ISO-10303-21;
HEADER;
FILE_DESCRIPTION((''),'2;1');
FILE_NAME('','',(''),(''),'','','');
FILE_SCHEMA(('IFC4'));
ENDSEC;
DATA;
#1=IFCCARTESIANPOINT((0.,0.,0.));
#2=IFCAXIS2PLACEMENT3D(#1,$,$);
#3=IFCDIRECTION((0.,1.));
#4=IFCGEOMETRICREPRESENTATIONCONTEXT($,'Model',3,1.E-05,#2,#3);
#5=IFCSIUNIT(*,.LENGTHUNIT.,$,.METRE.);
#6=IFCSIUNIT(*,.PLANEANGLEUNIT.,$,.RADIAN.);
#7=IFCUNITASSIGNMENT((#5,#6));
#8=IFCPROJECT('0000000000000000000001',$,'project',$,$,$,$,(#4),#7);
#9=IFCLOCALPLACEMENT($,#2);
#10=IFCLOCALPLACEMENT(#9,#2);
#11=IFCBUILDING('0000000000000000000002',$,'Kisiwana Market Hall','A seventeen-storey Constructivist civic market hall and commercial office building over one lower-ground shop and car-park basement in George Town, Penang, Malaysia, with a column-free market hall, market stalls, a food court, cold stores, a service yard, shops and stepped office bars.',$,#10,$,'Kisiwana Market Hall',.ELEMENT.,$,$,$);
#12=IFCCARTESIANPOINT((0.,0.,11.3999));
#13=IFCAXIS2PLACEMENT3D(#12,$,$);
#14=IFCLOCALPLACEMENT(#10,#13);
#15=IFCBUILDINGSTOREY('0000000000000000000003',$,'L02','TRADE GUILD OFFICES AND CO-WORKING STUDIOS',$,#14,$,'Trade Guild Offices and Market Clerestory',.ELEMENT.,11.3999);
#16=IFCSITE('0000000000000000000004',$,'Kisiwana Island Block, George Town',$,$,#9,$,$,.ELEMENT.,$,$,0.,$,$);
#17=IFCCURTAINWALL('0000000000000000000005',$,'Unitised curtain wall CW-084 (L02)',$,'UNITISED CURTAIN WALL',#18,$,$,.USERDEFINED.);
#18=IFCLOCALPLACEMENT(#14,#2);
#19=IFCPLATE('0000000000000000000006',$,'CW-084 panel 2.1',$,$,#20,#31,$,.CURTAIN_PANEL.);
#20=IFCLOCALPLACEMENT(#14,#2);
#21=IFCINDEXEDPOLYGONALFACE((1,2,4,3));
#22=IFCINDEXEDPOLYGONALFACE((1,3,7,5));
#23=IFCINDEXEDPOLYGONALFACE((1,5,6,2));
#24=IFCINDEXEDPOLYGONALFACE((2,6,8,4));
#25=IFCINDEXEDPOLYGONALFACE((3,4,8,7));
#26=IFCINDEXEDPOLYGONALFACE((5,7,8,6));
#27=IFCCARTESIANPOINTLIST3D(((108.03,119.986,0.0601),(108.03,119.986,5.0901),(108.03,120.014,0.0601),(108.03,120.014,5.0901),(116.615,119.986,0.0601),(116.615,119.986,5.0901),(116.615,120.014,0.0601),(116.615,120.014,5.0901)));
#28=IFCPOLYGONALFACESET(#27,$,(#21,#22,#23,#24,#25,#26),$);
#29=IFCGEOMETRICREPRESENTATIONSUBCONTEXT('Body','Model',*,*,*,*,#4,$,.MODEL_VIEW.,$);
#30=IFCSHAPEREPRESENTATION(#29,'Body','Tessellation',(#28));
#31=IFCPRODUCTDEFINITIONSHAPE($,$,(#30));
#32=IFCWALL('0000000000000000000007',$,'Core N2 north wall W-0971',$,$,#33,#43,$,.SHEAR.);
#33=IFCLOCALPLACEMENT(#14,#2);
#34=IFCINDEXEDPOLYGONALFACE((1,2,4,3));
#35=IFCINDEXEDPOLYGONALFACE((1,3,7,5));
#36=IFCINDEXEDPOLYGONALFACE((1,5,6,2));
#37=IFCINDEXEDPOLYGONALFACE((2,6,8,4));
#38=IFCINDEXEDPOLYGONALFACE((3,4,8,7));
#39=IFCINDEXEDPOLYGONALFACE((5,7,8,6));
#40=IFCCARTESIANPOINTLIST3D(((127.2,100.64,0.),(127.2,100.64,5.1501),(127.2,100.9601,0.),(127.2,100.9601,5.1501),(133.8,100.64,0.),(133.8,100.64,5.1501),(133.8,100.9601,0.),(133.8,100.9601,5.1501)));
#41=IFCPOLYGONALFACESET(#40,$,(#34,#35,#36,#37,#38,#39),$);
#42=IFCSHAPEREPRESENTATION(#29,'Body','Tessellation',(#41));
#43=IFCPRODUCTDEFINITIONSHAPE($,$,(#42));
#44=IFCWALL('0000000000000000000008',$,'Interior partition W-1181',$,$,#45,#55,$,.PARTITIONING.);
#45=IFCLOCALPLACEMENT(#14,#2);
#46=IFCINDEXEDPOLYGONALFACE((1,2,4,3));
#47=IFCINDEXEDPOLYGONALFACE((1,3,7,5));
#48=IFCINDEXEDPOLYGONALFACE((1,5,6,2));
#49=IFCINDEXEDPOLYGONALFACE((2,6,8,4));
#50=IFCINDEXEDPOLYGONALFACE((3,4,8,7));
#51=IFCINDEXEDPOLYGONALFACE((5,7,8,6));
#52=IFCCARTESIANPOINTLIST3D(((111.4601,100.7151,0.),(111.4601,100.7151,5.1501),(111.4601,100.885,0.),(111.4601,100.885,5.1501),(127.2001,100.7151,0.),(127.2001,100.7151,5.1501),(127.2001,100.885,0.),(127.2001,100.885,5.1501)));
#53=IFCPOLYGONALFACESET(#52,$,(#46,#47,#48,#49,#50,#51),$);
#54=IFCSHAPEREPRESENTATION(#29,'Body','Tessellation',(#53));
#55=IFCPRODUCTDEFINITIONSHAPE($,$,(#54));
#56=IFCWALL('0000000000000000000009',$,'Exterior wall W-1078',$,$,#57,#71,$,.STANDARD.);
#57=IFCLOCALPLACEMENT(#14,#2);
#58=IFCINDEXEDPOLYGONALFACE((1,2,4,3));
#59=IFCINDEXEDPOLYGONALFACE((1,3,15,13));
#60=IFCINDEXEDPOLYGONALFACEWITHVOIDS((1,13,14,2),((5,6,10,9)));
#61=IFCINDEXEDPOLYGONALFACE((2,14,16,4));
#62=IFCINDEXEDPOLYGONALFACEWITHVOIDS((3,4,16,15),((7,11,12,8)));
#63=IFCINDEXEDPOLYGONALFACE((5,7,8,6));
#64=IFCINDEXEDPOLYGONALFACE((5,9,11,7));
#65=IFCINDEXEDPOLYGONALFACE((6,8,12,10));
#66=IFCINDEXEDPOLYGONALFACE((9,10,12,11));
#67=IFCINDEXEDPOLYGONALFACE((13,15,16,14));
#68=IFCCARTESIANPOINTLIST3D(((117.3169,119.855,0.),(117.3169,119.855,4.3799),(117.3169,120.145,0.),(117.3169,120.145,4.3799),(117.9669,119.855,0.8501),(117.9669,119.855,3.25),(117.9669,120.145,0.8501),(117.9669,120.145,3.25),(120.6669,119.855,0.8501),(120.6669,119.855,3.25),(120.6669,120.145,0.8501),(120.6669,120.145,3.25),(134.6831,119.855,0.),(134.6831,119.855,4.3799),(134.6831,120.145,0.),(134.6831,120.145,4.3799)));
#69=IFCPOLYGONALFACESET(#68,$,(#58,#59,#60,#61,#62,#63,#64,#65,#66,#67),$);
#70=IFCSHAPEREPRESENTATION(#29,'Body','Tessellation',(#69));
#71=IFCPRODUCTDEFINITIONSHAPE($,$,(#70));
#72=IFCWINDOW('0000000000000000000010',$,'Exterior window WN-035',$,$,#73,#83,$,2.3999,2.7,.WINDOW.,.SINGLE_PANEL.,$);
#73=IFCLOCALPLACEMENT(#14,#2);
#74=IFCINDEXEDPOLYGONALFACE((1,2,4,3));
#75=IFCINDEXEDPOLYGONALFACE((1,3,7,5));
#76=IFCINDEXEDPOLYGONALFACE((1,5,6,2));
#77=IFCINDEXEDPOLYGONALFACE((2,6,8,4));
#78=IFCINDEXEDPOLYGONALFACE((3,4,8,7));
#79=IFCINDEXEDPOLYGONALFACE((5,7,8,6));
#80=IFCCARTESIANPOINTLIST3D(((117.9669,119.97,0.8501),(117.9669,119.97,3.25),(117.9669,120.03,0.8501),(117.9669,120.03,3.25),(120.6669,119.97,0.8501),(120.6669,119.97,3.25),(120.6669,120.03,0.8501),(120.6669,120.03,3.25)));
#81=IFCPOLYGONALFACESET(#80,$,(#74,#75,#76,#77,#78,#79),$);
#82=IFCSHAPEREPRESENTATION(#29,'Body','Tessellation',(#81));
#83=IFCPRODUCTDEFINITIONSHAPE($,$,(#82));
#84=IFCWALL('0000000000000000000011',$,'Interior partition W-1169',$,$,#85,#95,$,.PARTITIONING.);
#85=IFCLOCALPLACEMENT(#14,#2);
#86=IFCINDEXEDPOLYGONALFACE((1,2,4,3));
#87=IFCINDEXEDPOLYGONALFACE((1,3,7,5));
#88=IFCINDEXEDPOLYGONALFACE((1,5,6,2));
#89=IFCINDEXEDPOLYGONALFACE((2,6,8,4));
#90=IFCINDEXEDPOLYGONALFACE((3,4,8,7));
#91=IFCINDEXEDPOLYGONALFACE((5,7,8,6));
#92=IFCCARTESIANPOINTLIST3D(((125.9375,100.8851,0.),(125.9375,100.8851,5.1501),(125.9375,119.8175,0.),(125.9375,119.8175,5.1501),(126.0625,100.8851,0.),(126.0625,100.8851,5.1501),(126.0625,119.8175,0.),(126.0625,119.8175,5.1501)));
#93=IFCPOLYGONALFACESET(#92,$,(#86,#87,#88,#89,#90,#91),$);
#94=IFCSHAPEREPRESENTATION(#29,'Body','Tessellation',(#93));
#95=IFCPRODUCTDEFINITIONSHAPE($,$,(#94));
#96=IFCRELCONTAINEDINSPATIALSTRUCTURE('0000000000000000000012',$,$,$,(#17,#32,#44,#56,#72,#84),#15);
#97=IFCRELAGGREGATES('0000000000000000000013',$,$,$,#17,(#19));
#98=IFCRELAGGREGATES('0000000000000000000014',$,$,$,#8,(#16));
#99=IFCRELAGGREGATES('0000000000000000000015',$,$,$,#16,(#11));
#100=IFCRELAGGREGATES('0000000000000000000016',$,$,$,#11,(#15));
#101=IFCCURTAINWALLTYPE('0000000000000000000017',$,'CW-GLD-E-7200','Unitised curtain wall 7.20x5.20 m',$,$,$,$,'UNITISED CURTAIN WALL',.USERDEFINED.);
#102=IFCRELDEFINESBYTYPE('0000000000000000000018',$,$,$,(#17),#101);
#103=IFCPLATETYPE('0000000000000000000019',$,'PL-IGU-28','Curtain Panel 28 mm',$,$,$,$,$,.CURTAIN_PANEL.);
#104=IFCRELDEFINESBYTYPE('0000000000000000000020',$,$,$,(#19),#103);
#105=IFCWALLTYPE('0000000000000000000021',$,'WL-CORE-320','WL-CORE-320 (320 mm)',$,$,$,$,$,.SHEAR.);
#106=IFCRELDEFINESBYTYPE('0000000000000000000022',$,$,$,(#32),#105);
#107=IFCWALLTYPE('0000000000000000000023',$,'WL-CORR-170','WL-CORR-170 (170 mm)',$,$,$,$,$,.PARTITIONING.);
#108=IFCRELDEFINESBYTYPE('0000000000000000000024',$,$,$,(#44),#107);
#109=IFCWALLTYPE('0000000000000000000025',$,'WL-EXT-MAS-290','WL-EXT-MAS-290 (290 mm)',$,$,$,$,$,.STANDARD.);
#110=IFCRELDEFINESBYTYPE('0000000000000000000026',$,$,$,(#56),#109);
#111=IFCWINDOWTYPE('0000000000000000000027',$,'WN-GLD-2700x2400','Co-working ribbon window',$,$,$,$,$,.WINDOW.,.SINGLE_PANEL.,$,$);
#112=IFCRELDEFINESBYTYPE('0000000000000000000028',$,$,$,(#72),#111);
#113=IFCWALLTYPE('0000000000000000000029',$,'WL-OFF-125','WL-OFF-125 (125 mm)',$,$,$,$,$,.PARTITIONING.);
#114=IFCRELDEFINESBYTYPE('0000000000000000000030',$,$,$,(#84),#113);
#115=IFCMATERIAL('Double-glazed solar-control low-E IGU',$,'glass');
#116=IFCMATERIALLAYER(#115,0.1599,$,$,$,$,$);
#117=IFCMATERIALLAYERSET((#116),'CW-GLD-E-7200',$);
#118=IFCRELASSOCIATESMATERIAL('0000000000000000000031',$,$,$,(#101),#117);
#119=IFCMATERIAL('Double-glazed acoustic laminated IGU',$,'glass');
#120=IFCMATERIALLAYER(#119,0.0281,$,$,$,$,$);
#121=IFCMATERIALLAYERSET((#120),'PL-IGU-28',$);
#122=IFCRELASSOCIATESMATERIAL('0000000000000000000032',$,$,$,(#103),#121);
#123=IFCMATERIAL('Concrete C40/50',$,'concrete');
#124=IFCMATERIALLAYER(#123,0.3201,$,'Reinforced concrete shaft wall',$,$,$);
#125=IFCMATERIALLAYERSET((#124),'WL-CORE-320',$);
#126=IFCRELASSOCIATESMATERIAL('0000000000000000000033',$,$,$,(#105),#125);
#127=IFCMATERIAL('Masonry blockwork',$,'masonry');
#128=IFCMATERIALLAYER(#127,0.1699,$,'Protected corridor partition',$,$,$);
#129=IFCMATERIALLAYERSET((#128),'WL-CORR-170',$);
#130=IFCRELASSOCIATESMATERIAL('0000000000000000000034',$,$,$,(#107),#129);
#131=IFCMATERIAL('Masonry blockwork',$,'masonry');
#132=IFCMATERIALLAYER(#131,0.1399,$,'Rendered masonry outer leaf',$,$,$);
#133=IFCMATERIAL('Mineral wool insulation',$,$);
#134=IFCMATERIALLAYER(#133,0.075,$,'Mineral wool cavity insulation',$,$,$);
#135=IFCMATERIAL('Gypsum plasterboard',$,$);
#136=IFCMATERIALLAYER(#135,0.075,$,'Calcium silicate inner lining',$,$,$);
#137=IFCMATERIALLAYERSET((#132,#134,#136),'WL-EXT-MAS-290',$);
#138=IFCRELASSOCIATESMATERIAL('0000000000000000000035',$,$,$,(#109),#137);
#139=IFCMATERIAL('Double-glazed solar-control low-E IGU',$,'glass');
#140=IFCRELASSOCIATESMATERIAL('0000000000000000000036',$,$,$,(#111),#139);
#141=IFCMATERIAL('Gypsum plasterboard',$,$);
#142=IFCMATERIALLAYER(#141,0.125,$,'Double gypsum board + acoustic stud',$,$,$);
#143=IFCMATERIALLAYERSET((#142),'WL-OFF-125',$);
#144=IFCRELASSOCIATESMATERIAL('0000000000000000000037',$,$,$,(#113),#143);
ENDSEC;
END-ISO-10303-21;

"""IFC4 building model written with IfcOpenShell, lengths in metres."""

from ifc_helpers import new_model, si_unit, direction, frame, frame_2d, origin, origin_2d, place, context, subcontext, project, spatial, rectangle, extrude, material, layer, layer_set, type_object, element, fill, aggregate, save


model = new_model("IFC4")

# Units and contexts
model_context = context("Model", 3, precision=1e-05, world=origin(), true_north=direction((0.0, 1.0)))
body_context = subcontext(model_context, "Body", "Model", "MODEL_VIEW")
ifc_project = project(units=[si_unit("LENGTHUNIT", "METRE"), si_unit("PLANEANGLEUNIT", "RADIAN")], contexts=[model_context])

# Site, building, storey
site_placement = place(None, origin())
site = spatial("IfcSite", under=ifc_project, at=site_placement, Name="Kisiwana Island Block, George Town", CompositionType="ELEMENT", RefElevation=0.0)
building_placement = place(site_placement, origin())
building = spatial("IfcBuilding", under=site, at=building_placement, Name="Kisiwana Market Hall", Description="A seventeen-storey Constructivist civic market hall and commercial office building over one lower-ground shop and car-park basement in George Town, Penang, Malaysia, with a column-free market hall, market stalls, a food court, cold stores, a service yard, shops and stepped office bars.", LongName="Kisiwana Market Hall", CompositionType="ELEMENT")
storey_placement = place(building_placement, frame((0.0, 0.0, 11.3999)))
storey = spatial("IfcBuildingStorey", under=building, at=storey_placement, Name="L02", Description="TRADE GUILD OFFICES AND CO-WORKING STUDIOS", LongName="Trade Guild Offices and Market Clerestory", CompositionType="ELEMENT", Elevation=11.3999)

# Curtain wall, plate
ifc_material_1 = material(Name="Double-glazed solar-control low-E IGU", Category="glass")
ifc_layer_1 = layer(ifc_material_1, 0.1599)
ifc_layer_set_1 = layer_set([ifc_layer_1], Name="CW-GLD-E-7200")
curtain_wall_type = type_object("IfcCurtainWallType", Name="CW-GLD-E-7200", Description="Unitised curtain wall 7.20x5.20 m", ElementType="UNITISED CURTAIN WALL", PredefinedType="USERDEFINED", material=ifc_layer_set_1)
curtain_wall_placement = place(storey_placement, origin())
curtain_wall = element("IfcCurtainWall", 1, at=curtain_wall_placement, inside=storey, type_object=curtain_wall_type, Name="Unitised curtain wall CW-084 (L02)", ObjectType="UNITISED CURTAIN WALL", PredefinedType="USERDEFINED")
ifc_material_2 = material(Name="Double-glazed acoustic laminated IGU", Category="glass")
ifc_layer_2 = layer(ifc_material_2, 0.0281)
ifc_layer_set_2 = layer_set([ifc_layer_2], Name="PL-IGU-28")
plate_type = type_object("IfcPlateType", Name="PL-IGU-28", Description="Curtain Panel 28 mm", PredefinedType="CURTAIN_PANEL", material=ifc_layer_set_2)
plate_placement = place(storey_placement, frame((112.3225, 120.0, 0.0601), z_axis=(0.0, 0.0, 1.0), x_axis=(1.0, 0.0, 0.0)))
plate = element("IfcPlate", 2, at=plate_placement, type_object=plate_type, Name="CW-084 panel 2.1", PredefinedType="CURTAIN_PANEL", context=body_context, shape_type="SweptSolid", body=[
    extrude(rectangle(XDim=8.585, YDim=0.0281, at=origin_2d()), origin(), (0.0, 0.0, 1.0), 5.03),
])
aggregate(curtain_wall, [plate])

# Walls
ifc_material_3 = material(Name="Concrete C40/50", Category="concrete")
ifc_layer_3 = layer(ifc_material_3, 0.3201, Name="Reinforced concrete shaft wall")
ifc_layer_set_3 = layer_set([ifc_layer_3], Name="WL-CORE-320")
wall_type_1 = type_object("IfcWallType", Name="WL-CORE-320", Description="WL-CORE-320 (320 mm)", PredefinedType="SHEAR", material=ifc_layer_set_3)
wall_1_placement = place(storey_placement, frame((127.2, 100.8, 0.0), z_axis=(0.0, 0.0, 1.0), x_axis=(1.0, 0.0, 0.0)))
element("IfcWall", 3, at=wall_1_placement, inside=storey, type_object=wall_type_1, Name="Core N2 north wall W-0971", PredefinedType="SHEAR", context=body_context, shape_type="SweptSolid", body=[
    extrude(rectangle(XDim=6.6001, YDim=0.3201, at=frame_2d((3.3, 0.0))), origin(), (0.0, 0.0, 1.0), 5.1501),
])
ifc_material_4 = material(Name="Masonry blockwork", Category="masonry")
ifc_layer_4 = layer(ifc_material_4, 0.1699, Name="Protected corridor partition")
ifc_layer_set_4 = layer_set([ifc_layer_4], Name="WL-CORR-170")
wall_type_2 = type_object("IfcWallType", Name="WL-CORR-170", Description="WL-CORR-170 (170 mm)", PredefinedType="PARTITIONING", material=ifc_layer_set_4)
wall_2_placement = place(storey_placement, frame((111.46, 100.8, 0.0), z_axis=(0.0, 0.0, 1.0), x_axis=(1.0, 0.0, 0.0)))
element("IfcWall", 4, at=wall_2_placement, inside=storey, type_object=wall_type_2, Name="Interior partition W-1181", PredefinedType="PARTITIONING", context=body_context, shape_type="SweptSolid", body=[
    extrude(rectangle(XDim=15.74, YDim=0.1699, at=frame_2d((7.8701, 0.0))), origin(), (0.0, 0.0, 1.0), 5.1501),
])

# Wall, opening, window
ifc_material_5 = material(Name="Masonry blockwork", Category="masonry")
ifc_layer_5 = layer(ifc_material_5, 0.1399, Name="Rendered masonry outer leaf")
ifc_material_6 = material(Name="Mineral wool insulation")
ifc_layer_6 = layer(ifc_material_6, 0.075, Name="Mineral wool cavity insulation")
ifc_material_7 = material(Name="Gypsum plasterboard")
ifc_layer_7 = layer(ifc_material_7, 0.075, Name="Calcium silicate inner lining")
ifc_layer_set_5 = layer_set([ifc_layer_5, ifc_layer_6, ifc_layer_7], Name="WL-EXT-MAS-290")
wall_type_3 = type_object("IfcWallType", Name="WL-EXT-MAS-290", Description="WL-EXT-MAS-290 (290 mm)", PredefinedType="STANDARD", material=ifc_layer_set_5)
wall_3_placement = place(storey_placement, frame((117.3169, 120.0, 0.0), z_axis=(0.0, 0.0, 1.0), x_axis=(1.0, 0.0, 0.0)))
wall_3 = element("IfcWall", 5, at=wall_3_placement, inside=storey, type_object=wall_type_3, Name="Exterior wall W-1078", PredefinedType="STANDARD", context=body_context, shape_type="SweptSolid", body=[
    extrude(rectangle(XDim=17.3662, YDim=0.29, at=frame_2d((8.6831, 0.0))), origin(), (0.0, 0.0, 1.0), 4.3799),
])
opening_placement = place(wall_3_placement, frame((0.6499, 0.0, 0.8501)))
opening = element("IfcOpeningElement", 6, at=opening_placement, cuts=wall_3, PredefinedType="OPENING", context=body_context, shape_type="SweptSolid", body=[
    extrude(rectangle(XDim=2.7, YDim=2.3999, at=frame_2d((1.3501, 1.2))), frame((0.0, 0.157, 0.0), z_axis=(0.0, -1.0, 0.0), x_axis=(1.0, 0.0, 0.0)), (0.0, 0.0, 1.0), 0.314),
])
ifc_material_8 = material(Name="Double-glazed solar-control low-E IGU", Category="glass")
window_type = type_object("IfcWindowType", Name="WN-GLD-2700x2400", Description="Co-working ribbon window", PartitioningType="SINGLE_PANEL", PredefinedType="WINDOW", material=ifc_material_8)
window_placement = place(opening_placement, origin())
window = element("IfcWindow", 7, at=window_placement, inside=storey, type_object=window_type, Name="Exterior window WN-035", OverallHeight=2.3999, OverallWidth=2.7, PartitioningType="SINGLE_PANEL", PredefinedType="WINDOW", context=body_context, shape_type="SweptSolid", body=[
    extrude(rectangle(XDim=2.7, YDim=2.3999, at=frame_2d((1.3501, 1.2))), frame((0.0, 0.03, 0.0), z_axis=(0.0, -1.0, 0.0), x_axis=(1.0, 0.0, 0.0)), (0.0, 0.0, 1.0), 0.0601),
])
fill(opening, window)

# Wall
ifc_material_9 = material(Name="Gypsum plasterboard")
ifc_layer_8 = layer(ifc_material_9, 0.125, Name="Double gypsum board + acoustic stud")
ifc_layer_set_6 = layer_set([ifc_layer_8], Name="WL-OFF-125")
wall_type_4 = type_object("IfcWallType", Name="WL-OFF-125", Description="WL-OFF-125 (125 mm)", PredefinedType="PARTITIONING", material=ifc_layer_set_6)
wall_4_placement = place(storey_placement, frame((126.0, 100.885, 0.0), z_axis=(0.0, 0.0, 1.0), x_axis=(0.0, 1.0, 0.0)))
element("IfcWall", 8, at=wall_4_placement, inside=storey, type_object=wall_type_4, Name="Interior partition W-1169", PredefinedType="PARTITIONING", context=body_context, shape_type="SweptSolid", body=[
    extrude(rectangle(XDim=18.9324, YDim=0.125, at=frame_2d((9.4663, 0.0))), origin(), (0.0, 0.0, 1.0), 5.1501),
])

save(model, "model.ifc")
